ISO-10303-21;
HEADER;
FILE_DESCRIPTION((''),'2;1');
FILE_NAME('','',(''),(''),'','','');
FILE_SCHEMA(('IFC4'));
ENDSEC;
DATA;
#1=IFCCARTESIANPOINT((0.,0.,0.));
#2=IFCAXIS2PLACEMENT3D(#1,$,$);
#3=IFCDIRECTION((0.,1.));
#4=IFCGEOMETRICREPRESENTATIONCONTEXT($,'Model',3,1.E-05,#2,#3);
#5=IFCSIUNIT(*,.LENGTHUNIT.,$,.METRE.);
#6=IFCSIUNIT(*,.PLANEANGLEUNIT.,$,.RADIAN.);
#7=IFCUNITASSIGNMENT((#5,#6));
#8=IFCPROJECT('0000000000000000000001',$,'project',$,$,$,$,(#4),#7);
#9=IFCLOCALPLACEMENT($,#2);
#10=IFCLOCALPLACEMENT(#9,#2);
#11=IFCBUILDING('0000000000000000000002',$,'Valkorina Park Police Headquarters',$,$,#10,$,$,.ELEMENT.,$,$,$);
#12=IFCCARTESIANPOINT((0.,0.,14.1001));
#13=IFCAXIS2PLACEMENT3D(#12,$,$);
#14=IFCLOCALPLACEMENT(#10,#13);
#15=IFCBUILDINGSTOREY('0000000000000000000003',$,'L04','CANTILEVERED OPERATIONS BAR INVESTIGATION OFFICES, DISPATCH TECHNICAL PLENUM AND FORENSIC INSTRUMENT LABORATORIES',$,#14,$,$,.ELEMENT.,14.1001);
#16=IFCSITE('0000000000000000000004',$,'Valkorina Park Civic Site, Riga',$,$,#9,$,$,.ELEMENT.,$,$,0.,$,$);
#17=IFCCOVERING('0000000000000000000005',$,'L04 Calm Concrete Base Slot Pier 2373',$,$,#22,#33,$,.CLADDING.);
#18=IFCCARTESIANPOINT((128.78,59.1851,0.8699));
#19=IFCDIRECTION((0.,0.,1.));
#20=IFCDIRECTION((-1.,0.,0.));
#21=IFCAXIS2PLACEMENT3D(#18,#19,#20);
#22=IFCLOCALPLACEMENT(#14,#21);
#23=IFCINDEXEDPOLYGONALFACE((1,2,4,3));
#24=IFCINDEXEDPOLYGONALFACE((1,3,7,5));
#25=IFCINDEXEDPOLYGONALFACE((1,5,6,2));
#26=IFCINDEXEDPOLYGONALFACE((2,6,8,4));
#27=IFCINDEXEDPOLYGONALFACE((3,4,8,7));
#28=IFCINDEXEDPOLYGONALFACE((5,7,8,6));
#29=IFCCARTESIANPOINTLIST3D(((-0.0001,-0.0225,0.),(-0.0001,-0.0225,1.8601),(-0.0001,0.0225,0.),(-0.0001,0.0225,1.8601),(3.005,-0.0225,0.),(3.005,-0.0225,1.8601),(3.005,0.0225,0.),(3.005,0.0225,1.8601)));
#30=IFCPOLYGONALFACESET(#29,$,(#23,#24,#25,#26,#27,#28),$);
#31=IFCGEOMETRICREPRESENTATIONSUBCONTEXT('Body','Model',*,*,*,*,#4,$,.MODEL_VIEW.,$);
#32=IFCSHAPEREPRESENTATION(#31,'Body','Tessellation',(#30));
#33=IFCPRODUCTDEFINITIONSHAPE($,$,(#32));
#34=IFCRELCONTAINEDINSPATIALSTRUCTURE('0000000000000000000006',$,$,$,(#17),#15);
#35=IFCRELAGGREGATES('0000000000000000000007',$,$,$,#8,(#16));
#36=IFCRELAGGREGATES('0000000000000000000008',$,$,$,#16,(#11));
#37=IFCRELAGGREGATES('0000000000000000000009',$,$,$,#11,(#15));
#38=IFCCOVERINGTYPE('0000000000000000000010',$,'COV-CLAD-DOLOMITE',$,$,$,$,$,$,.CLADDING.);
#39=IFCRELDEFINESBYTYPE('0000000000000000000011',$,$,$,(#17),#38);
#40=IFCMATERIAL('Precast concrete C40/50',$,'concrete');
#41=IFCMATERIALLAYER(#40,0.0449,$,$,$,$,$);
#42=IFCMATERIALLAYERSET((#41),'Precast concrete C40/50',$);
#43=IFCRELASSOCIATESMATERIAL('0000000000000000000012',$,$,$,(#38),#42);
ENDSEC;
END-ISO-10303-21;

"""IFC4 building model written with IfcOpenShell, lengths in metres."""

from ifc_helpers import new_model, si_unit, direction, frame, frame_2d, origin, place, context, subcontext, project, spatial, rectangle, extrude, material, layer, layer_set, type_object, element, save


model = new_model("IFC4")

# Units and contexts
model_context = context("Model", 3, precision=1e-05, world=origin(), true_north=direction((0.0, 1.0)))
body_context = subcontext(model_context, "Body", "Model", "MODEL_VIEW")
ifc_project = project(units=[si_unit("LENGTHUNIT", "METRE"), si_unit("PLANEANGLEUNIT", "RADIAN")], contexts=[model_context])

# Site, building, storey
site_placement = place(None, origin())
site = spatial("IfcSite", under=ifc_project, at=site_placement, Name="Valkorina Park Civic Site, Riga", CompositionType="ELEMENT", RefElevation=0.0)
building_placement = place(site_placement, origin())
building = spatial("IfcBuilding", under=site, at=building_placement, Name="Valkorina Park Police Headquarters", CompositionType="ELEMENT")
storey_placement = place(building_placement, frame((0.0, 0.0, 14.1001)))
storey = spatial("IfcBuildingStorey", under=building, at=storey_placement, Name="L04", Description="CANTILEVERED OPERATIONS BAR INVESTIGATION OFFICES, DISPATCH TECHNICAL PLENUM AND FORENSIC INSTRUMENT LABORATORIES", CompositionType="ELEMENT", Elevation=14.1001)

# Covering
ifc_material_1 = material(Name="Precast concrete C40/50", Category="concrete")
ifc_layer_1 = layer(ifc_material_1, 0.0449)
ifc_layer_set_1 = layer_set([ifc_layer_1], Name="Precast concrete C40/50")
covering_type = type_object("IfcCoveringType", Name="COV-CLAD-DOLOMITE", PredefinedType="CLADDING", material=ifc_layer_set_1)
covering_1_placement = place(storey_placement, frame((128.78, 59.1851, 0.8699), z_axis=(0.0, 0.0, 1.0), x_axis=(-1.0, 0.0, 0.0)))
element("IfcCovering", 1, at=covering_1_placement, inside=storey, type_object=covering_type, Name="L04 Calm Concrete Base Slot Pier 2373", PredefinedType="CLADDING", context=body_context, shape_type="SweptSolid", body=[
    extrude(rectangle(XDim=3.0051, YDim=0.0449, at=frame_2d((1.5024, 0.0))), origin(), (0.0, 0.0, 1.0), 1.8601),
])

save(model, "model.ifc")
